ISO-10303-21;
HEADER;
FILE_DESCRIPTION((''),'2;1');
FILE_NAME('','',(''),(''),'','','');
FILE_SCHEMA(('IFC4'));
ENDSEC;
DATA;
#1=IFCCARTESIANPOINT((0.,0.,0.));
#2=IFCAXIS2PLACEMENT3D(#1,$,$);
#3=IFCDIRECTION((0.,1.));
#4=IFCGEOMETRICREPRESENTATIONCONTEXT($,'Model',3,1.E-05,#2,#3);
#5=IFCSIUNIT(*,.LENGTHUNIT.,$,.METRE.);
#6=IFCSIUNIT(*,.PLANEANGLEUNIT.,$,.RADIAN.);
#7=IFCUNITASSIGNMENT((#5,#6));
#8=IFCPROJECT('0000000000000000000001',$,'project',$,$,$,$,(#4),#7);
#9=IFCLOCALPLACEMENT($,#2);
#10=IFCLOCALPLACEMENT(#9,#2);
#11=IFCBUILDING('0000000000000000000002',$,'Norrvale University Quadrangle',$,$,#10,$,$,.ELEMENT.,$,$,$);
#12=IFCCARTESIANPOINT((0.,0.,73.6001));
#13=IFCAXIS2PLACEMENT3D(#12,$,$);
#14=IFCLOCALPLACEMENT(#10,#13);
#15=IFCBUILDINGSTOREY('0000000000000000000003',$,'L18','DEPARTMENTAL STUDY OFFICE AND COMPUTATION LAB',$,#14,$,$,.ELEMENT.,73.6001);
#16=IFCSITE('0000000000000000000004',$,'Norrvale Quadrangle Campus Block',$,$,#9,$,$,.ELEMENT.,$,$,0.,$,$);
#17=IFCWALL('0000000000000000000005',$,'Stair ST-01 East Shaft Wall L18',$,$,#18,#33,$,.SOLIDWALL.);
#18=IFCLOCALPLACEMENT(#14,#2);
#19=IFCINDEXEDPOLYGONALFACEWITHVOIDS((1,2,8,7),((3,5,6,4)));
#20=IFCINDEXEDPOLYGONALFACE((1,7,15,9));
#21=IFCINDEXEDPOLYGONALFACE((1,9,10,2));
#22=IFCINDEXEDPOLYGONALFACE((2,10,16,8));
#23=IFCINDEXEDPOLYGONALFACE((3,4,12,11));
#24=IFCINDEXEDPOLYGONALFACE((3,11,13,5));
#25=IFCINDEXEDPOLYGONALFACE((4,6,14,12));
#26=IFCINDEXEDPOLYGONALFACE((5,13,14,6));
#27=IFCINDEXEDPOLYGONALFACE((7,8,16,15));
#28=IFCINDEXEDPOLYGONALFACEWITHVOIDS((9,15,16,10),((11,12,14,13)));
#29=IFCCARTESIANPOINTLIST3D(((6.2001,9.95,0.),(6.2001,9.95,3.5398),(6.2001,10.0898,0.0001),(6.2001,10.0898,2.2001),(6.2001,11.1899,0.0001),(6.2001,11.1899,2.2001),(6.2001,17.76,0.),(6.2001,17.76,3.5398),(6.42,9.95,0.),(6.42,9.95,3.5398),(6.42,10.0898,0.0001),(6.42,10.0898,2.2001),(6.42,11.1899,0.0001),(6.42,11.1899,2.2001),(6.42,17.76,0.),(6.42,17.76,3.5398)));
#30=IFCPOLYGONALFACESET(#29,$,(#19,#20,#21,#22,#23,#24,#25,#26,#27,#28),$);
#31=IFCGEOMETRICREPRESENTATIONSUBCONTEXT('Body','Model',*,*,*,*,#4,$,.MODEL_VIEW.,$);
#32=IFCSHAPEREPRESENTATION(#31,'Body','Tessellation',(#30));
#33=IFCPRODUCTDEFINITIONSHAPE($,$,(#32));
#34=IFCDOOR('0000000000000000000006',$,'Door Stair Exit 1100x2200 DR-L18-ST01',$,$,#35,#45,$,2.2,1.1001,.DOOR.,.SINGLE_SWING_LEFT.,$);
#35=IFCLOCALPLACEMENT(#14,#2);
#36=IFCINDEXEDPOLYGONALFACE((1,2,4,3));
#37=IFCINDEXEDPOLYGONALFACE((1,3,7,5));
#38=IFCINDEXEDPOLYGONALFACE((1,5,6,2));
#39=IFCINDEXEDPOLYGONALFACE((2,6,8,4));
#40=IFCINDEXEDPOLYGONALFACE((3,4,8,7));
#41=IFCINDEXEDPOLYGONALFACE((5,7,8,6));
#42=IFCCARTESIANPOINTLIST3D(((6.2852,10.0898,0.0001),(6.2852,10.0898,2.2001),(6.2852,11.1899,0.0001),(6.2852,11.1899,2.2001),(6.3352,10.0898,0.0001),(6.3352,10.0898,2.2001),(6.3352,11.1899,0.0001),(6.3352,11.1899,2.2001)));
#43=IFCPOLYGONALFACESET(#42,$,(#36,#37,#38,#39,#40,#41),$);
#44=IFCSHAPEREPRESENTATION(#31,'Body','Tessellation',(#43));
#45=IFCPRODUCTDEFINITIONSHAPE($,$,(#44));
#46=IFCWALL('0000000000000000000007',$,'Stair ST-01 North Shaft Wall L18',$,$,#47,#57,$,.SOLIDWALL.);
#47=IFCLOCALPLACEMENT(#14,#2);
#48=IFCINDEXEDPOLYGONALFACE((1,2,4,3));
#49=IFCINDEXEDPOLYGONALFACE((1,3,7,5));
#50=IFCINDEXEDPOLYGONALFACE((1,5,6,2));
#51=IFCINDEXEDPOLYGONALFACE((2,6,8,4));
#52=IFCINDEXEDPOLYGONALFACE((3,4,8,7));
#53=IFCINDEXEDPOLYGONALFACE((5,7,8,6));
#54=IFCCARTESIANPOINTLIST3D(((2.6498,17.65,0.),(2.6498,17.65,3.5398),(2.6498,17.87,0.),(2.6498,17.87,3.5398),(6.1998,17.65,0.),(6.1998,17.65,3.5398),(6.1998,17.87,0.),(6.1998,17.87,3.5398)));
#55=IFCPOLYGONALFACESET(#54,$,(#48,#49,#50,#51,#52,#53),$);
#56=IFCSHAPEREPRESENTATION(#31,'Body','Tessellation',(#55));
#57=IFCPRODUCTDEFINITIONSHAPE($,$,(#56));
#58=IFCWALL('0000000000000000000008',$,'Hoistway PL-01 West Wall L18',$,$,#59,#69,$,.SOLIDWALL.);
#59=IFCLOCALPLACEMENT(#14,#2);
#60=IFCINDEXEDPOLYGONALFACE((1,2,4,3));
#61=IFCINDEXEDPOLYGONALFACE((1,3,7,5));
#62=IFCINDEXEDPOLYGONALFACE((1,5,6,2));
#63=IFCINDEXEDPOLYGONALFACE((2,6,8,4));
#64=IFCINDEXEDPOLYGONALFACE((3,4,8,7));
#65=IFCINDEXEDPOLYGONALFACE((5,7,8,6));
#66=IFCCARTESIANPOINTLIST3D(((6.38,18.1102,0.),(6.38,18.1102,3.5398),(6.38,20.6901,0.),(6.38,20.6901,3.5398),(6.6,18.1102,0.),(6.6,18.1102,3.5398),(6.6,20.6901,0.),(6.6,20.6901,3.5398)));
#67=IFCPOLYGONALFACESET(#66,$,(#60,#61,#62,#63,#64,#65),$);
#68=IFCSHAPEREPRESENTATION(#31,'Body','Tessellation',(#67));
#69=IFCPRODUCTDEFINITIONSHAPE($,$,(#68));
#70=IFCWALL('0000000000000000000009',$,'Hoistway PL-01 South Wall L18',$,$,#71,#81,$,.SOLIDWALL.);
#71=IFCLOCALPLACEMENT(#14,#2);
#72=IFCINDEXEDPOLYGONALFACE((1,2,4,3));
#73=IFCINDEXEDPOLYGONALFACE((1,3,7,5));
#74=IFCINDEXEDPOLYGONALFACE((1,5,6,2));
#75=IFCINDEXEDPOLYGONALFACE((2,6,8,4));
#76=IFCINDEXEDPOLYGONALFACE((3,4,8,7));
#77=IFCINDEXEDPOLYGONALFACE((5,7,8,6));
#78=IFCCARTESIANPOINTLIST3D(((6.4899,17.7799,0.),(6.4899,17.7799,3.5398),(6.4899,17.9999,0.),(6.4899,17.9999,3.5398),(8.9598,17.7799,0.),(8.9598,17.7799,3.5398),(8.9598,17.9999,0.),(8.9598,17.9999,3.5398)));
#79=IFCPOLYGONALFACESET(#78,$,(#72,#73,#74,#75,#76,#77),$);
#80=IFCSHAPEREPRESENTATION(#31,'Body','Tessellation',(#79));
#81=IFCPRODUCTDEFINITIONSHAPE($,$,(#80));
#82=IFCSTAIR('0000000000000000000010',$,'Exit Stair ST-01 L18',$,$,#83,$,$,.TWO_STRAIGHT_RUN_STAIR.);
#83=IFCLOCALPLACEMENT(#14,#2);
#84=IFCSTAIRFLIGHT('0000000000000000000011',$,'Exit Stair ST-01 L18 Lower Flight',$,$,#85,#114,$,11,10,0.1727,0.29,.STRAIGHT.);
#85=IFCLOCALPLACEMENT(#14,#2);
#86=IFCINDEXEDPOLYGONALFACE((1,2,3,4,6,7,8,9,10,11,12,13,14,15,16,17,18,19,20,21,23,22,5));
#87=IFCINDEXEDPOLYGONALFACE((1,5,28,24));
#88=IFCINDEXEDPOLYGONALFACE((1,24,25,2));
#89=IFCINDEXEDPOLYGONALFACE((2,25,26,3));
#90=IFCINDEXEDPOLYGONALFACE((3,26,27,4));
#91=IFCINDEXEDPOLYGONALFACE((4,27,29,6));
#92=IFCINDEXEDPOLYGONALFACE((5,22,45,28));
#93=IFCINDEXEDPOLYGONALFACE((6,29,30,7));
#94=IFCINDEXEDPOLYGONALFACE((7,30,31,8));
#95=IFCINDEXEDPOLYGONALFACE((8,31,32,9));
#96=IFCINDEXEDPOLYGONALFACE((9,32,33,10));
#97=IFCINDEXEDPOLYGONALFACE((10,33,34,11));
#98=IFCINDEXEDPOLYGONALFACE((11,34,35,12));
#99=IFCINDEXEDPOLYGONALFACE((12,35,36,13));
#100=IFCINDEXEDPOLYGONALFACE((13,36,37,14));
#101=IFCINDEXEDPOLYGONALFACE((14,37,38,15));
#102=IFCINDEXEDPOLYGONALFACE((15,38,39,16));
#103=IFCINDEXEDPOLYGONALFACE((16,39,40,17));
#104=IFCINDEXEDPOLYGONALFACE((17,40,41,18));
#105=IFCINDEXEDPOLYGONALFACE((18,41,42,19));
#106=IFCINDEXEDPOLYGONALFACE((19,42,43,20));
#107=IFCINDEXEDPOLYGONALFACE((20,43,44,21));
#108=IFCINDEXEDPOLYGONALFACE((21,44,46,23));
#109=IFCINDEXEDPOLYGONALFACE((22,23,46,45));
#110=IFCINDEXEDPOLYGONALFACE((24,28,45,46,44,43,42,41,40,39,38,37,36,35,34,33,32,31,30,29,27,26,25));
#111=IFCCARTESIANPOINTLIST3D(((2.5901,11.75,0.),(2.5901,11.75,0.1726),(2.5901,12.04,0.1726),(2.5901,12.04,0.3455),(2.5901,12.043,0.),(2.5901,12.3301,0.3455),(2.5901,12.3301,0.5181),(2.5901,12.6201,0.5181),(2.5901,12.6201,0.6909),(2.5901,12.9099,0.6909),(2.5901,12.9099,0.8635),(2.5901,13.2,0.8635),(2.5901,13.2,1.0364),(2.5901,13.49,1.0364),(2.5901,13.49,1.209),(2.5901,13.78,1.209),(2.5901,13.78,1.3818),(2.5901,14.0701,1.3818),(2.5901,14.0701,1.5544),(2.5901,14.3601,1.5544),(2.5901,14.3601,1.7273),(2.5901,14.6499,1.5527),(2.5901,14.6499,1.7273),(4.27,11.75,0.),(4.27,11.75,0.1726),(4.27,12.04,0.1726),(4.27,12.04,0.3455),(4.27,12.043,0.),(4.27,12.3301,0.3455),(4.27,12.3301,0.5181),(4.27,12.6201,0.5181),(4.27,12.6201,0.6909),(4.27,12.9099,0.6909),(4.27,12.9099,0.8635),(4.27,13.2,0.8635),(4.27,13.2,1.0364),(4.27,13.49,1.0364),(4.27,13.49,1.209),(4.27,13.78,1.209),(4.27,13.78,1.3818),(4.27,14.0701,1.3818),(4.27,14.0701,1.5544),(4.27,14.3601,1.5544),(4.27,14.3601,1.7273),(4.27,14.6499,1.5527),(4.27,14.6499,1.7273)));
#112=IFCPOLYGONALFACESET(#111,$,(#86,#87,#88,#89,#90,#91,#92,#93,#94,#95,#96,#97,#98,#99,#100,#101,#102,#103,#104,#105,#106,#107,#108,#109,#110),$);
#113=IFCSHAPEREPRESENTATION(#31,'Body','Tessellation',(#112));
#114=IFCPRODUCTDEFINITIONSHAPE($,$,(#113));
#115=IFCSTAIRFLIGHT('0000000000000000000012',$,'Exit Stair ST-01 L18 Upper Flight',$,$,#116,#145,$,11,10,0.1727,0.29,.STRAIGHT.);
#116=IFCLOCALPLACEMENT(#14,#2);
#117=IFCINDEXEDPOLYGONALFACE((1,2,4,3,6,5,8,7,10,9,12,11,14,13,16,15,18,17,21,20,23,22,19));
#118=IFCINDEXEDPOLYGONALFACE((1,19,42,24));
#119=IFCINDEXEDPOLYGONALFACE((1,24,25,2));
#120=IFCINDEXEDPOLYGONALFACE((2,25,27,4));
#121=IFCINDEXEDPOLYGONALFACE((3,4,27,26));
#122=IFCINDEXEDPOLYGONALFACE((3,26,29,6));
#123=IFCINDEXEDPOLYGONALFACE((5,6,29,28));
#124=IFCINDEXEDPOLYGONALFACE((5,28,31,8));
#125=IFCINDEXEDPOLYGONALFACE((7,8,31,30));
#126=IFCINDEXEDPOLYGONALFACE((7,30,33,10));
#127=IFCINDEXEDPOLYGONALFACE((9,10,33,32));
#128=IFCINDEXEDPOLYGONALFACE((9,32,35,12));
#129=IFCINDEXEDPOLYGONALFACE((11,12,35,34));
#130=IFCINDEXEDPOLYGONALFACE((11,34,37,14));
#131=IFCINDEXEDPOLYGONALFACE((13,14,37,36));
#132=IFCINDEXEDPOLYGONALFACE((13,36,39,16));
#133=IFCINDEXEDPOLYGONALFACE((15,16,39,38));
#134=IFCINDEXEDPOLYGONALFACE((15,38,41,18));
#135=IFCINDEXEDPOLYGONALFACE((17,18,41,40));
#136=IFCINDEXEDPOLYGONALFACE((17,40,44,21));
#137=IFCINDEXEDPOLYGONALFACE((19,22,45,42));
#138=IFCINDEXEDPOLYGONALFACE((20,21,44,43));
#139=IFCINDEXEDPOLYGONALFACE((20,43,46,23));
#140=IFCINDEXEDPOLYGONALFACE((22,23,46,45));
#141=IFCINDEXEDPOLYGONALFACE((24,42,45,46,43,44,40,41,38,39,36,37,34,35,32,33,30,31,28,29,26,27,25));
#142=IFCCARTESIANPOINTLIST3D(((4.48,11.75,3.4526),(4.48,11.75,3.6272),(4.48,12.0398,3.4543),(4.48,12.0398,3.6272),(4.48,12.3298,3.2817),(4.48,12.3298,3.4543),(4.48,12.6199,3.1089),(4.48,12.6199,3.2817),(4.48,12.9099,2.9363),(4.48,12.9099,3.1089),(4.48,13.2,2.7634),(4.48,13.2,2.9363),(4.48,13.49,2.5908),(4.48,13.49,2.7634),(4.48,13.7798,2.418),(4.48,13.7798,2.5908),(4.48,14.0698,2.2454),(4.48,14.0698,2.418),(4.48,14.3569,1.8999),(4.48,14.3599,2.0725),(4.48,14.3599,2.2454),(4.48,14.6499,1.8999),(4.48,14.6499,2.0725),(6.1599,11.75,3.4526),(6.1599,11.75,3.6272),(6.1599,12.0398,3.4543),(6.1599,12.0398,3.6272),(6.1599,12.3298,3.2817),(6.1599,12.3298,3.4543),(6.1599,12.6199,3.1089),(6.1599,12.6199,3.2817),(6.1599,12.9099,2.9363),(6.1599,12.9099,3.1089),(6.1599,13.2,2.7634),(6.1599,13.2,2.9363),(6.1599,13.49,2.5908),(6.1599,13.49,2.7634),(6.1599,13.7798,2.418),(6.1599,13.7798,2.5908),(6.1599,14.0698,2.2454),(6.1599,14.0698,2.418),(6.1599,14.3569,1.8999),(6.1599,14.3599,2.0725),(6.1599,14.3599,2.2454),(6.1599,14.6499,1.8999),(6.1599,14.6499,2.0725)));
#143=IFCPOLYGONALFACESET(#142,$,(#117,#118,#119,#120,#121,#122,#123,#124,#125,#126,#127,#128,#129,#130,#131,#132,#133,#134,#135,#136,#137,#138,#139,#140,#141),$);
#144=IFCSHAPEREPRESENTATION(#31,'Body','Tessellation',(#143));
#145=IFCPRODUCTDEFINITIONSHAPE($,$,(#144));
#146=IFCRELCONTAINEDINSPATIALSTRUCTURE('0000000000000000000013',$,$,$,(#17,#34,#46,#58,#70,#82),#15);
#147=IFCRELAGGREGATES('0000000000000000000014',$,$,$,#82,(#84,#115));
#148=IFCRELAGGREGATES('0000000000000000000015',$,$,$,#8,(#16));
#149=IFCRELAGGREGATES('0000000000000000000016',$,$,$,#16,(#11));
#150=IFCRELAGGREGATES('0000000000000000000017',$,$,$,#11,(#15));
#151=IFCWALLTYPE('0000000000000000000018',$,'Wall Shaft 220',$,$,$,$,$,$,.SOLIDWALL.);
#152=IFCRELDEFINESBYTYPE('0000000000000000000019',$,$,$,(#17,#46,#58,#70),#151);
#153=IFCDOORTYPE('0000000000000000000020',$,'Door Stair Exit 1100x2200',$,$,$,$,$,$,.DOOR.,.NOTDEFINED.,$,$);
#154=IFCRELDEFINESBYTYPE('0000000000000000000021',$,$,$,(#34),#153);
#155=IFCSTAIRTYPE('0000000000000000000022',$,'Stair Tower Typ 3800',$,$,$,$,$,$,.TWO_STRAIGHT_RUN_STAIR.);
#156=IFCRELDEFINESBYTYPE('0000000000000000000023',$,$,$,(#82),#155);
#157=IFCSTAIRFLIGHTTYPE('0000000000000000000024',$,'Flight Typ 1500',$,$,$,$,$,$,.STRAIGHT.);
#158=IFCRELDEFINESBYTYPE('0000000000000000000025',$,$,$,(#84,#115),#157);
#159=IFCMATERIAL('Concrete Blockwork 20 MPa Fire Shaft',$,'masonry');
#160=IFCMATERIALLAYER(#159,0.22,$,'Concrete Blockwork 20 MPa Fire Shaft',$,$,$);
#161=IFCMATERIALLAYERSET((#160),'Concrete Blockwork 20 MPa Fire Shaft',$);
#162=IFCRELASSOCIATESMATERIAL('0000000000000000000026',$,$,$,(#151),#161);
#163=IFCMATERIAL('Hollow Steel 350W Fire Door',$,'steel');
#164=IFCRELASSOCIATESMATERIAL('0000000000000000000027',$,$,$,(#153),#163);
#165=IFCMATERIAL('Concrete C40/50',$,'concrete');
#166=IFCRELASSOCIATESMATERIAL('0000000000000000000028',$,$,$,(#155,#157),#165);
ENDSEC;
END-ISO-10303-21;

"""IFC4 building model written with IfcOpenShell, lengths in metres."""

from ifc_helpers import new_model, si_unit, direction, frame, frame_2d, origin, place, context, subcontext, project, spatial, polyline, rectangle, outline, extrude, material, layer, layer_set, type_object, element, fill, aggregate, save


model = new_model("IFC4")

# Units and contexts
model_context = context("Model", 3, precision=1e-05, world=origin(), true_north=direction((0.0, 1.0)))
body_context = subcontext(model_context, "Body", "Model", "MODEL_VIEW")
ifc_project = project(units=[si_unit("LENGTHUNIT", "METRE"), si_unit("PLANEANGLEUNIT", "RADIAN")], contexts=[model_context])

# Site, building, storey
site_placement = place(None, origin())
site = spatial("IfcSite", under=ifc_project, at=site_placement, Name="Norrvale Quadrangle Campus Block", CompositionType="ELEMENT", RefElevation=0.0)
building_placement = place(site_placement, origin())
building = spatial("IfcBuilding", under=site, at=building_placement, Name="Norrvale University Quadrangle", CompositionType="ELEMENT")
storey_placement = place(building_placement, frame((0.0, 0.0, 73.6001)))
storey = spatial("IfcBuildingStorey", under=building, at=storey_placement, Name="L18", Description="DEPARTMENTAL STUDY OFFICE AND COMPUTATION LAB", CompositionType="ELEMENT", Elevation=73.6001)

# Wall, opening, door
ifc_material_1 = material(Name="Concrete Blockwork 20 MPa Fire Shaft", Category="masonry")
ifc_layer_1 = layer(ifc_material_1, 0.22, Name="Concrete Blockwork 20 MPa Fire Shaft")
ifc_layer_set_1 = layer_set([ifc_layer_1], Name="Concrete Blockwork 20 MPa Fire Shaft")
wall_type_1 = type_object("IfcWallType", Name="Wall Shaft 220", PredefinedType="SOLIDWALL", material=ifc_layer_set_1)
wall_1_placement = place(storey_placement, frame((6.3101, 9.95, 0.0), z_axis=(0.0, 0.0, 1.0), x_axis=(0.0, 1.0, 0.0)))
wall_1 = element("IfcWall", 1, at=wall_1_placement, inside=storey, type_object=wall_type_1, Name="Stair ST-01 East Shaft Wall L18", PredefinedType="SOLIDWALL", context=body_context, shape_type="SweptSolid", body=[
    extrude(rectangle(XDim=7.8101, YDim=0.22, at=frame_2d((3.905, 0.0))), origin(), (0.0, 0.0, 1.0), 3.5398),
])
opening_1_placement = place(wall_1_placement, frame((0.1399, 0.0, 0.0)))
opening_1 = element("IfcOpeningElement", 2, at=opening_1_placement, cuts=wall_1, PredefinedType="OPENING", context=body_context, shape_type="SweptSolid", body=[
    extrude(rectangle(XDim=1.1001, YDim=2.2, at=frame_2d((0.55, 1.1001))), frame((0.0, 0.1221, 0.0), z_axis=(0.0, -1.0, 0.0), x_axis=(1.0, 0.0, 0.0)), (0.0, 0.0, 1.0), 0.2439),
])
ifc_material_2 = material(Name="Hollow Steel 350W Fire Door", Category="steel")
door_type_1 = type_object("IfcDoorType", Name="Door Stair Exit 1100x2200", OperationType="NOTDEFINED", PredefinedType="DOOR", material=ifc_material_2)
door_1_placement = place(opening_1_placement, origin())
door_1 = element("IfcDoor", 3, at=door_1_placement, inside=storey, type_object=door_type_1, Name="Door Stair Exit 1100x2200 DR-L18-ST01", OperationType="SINGLE_SWING_LEFT", OverallHeight=2.2, OverallWidth=1.1001, PredefinedType="DOOR", context=body_context, shape_type="SweptSolid", body=[
    extrude(rectangle(XDim=1.1001, YDim=2.2, at=frame_2d((0.55, 1.1001))), frame((0.0, 0.0249, 0.0), z_axis=(0.0, -1.0, 0.0), x_axis=(1.0, 0.0, 0.0)), (0.0, 0.0, 1.0), 0.05),
])
fill(opening_1, door_1)

# Walls
wall_2_placement = place(storey_placement, frame((2.6499, 17.76, 0.0), z_axis=(0.0, 0.0, 1.0), x_axis=(1.0, 0.0, 0.0)))
element("IfcWall", 4, at=wall_2_placement, inside=storey, type_object=wall_type_1, Name="Stair ST-01 North Shaft Wall L18", PredefinedType="SOLIDWALL", context=body_context, shape_type="SweptSolid", body=[
    extrude(rectangle(XDim=3.55, YDim=0.22, at=frame_2d((1.7749, 0.0))), origin(), (0.0, 0.0, 1.0), 3.5398),
])
wall_3_placement = place(storey_placement, frame((6.49, 18.1101, 0.0), z_axis=(0.0, 0.0, 1.0), x_axis=(0.0, 1.0, 0.0)))
element("IfcWall", 5, at=wall_3_placement, inside=storey, type_object=wall_type_1, Name="Hoistway PL-01 West Wall L18", PredefinedType="SOLIDWALL", context=body_context, shape_type="SweptSolid", body=[
    extrude(rectangle(XDim=2.5798, YDim=0.22, at=frame_2d((1.29, 0.0))), origin(), (0.0, 0.0, 1.0), 3.5398),
])
wall_4_placement = place(storey_placement, frame((6.49, 17.8899, 0.0), z_axis=(0.0, 0.0, 1.0), x_axis=(1.0, 0.0, 0.0)))
element("IfcWall", 6, at=wall_4_placement, inside=storey, type_object=wall_type_1, Name="Hoistway PL-01 South Wall L18", PredefinedType="SOLIDWALL", context=body_context, shape_type="SweptSolid", body=[
    extrude(rectangle(XDim=2.47, YDim=0.22, at=frame_2d((1.2349, 0.0))), origin(), (0.0, 0.0, 1.0), 3.5398),
])

# Stair, stair flights
ifc_material_3 = material(Name="Concrete C40/50", Category="concrete")
stair_type = type_object("IfcStairType", Name="Stair Tower Typ 3800", PredefinedType="TWO_STRAIGHT_RUN_STAIR", material=ifc_material_3)
stair_placement = place(storey_placement, origin())
stair = element("IfcStair", 7, at=stair_placement, inside=storey, type_object=stair_type, Name="Exit Stair ST-01 L18", PredefinedType="TWO_STRAIGHT_RUN_STAIR")
stair_flight_type = type_object("IfcStairFlightType", Name="Flight Typ 1500", PredefinedType="STRAIGHT", material=ifc_material_3)
stair_flight_1_placement = place(storey_placement, frame((3.4299, 11.75, 0.0), z_axis=(0.0, 0.0, 1.0), x_axis=(0.0, 1.0, 0.0)))
stair_flight_1 = element("IfcStairFlight", 8, at=stair_flight_1_placement, type_object=stair_flight_type, Name="Exit Stair ST-01 L18 Lower Flight", NumberOfRisers=11, NumberOfTreads=10, PredefinedType="STRAIGHT", RiserHeight=0.1727, TreadLength=0.29, context=body_context, shape_type="SweptSolid", body=[
    extrude(outline(polyline([(0.0, 0.0), (0.0, 0.1726), (0.29, 0.1726), (0.29, 0.3455), (0.5801, 0.3455), (0.5801, 0.5181), (0.8701, 0.5181), (0.8701, 0.6909), (1.1599, 0.6909), (1.1599, 0.8635), (1.45, 0.8635), (1.45, 1.0364), (1.74, 1.0364), (1.74, 1.209), (2.03, 1.209), (2.03, 1.3818), (2.3201, 1.3818), (2.3201, 1.5544), (2.6101, 1.5544), (2.6101, 1.7273), (2.8999, 1.7273), (2.8999, 1.8999), (2.8999, 1.5527), (0.293, 0.0), (0.0, 0.0)])), frame((0.0, 0.8398, 0.0), z_axis=(0.0, -1.0, 0.0), x_axis=(1.0, 0.0, 0.0)), (0.0, 0.0, 1.0), 1.6799),
])
stair_flight_2_placement = place(storey_placement, frame((5.3201, 14.6499, 1.8999), z_axis=(0.0, 0.0, 1.0), x_axis=(0.0, -1.0, 0.0)))
stair_flight_2 = element("IfcStairFlight", 9, at=stair_flight_2_placement, type_object=stair_flight_type, Name="Exit Stair ST-01 L18 Upper Flight", NumberOfRisers=11, NumberOfTreads=10, PredefinedType="STRAIGHT", RiserHeight=0.1727, TreadLength=0.29, context=body_context, shape_type="SweptSolid", body=[
    extrude(outline(polyline([(0.0, 0.0), (0.0, 0.1726), (0.29, 0.1726), (0.29, 0.3455), (0.5801, 0.3455), (0.5801, 0.5181), (0.8701, 0.5181), (0.8701, 0.6909), (1.1599, 0.6909), (1.1599, 0.8635), (1.45, 0.8635), (1.45, 1.0364), (1.74, 1.0364), (1.74, 1.209), (2.03, 1.209), (2.03, 1.3818), (2.3201, 1.3818), (2.3201, 1.5544), (2.6101, 1.5544), (2.6101, 1.7273), (2.8999, 1.7273), (2.8999, 1.8999), (2.8999, 1.5527), (0.293, 0.0), (0.0, 0.0)])), frame((0.0, 0.8398, 0.0), z_axis=(0.0, -1.0, 0.0), x_axis=(1.0, 0.0, 0.0)), (0.0, 0.0, 1.0), 1.6799),
])
aggregate(stair, [stair_flight_1, stair_flight_2])

save(model, "model.ifc")
